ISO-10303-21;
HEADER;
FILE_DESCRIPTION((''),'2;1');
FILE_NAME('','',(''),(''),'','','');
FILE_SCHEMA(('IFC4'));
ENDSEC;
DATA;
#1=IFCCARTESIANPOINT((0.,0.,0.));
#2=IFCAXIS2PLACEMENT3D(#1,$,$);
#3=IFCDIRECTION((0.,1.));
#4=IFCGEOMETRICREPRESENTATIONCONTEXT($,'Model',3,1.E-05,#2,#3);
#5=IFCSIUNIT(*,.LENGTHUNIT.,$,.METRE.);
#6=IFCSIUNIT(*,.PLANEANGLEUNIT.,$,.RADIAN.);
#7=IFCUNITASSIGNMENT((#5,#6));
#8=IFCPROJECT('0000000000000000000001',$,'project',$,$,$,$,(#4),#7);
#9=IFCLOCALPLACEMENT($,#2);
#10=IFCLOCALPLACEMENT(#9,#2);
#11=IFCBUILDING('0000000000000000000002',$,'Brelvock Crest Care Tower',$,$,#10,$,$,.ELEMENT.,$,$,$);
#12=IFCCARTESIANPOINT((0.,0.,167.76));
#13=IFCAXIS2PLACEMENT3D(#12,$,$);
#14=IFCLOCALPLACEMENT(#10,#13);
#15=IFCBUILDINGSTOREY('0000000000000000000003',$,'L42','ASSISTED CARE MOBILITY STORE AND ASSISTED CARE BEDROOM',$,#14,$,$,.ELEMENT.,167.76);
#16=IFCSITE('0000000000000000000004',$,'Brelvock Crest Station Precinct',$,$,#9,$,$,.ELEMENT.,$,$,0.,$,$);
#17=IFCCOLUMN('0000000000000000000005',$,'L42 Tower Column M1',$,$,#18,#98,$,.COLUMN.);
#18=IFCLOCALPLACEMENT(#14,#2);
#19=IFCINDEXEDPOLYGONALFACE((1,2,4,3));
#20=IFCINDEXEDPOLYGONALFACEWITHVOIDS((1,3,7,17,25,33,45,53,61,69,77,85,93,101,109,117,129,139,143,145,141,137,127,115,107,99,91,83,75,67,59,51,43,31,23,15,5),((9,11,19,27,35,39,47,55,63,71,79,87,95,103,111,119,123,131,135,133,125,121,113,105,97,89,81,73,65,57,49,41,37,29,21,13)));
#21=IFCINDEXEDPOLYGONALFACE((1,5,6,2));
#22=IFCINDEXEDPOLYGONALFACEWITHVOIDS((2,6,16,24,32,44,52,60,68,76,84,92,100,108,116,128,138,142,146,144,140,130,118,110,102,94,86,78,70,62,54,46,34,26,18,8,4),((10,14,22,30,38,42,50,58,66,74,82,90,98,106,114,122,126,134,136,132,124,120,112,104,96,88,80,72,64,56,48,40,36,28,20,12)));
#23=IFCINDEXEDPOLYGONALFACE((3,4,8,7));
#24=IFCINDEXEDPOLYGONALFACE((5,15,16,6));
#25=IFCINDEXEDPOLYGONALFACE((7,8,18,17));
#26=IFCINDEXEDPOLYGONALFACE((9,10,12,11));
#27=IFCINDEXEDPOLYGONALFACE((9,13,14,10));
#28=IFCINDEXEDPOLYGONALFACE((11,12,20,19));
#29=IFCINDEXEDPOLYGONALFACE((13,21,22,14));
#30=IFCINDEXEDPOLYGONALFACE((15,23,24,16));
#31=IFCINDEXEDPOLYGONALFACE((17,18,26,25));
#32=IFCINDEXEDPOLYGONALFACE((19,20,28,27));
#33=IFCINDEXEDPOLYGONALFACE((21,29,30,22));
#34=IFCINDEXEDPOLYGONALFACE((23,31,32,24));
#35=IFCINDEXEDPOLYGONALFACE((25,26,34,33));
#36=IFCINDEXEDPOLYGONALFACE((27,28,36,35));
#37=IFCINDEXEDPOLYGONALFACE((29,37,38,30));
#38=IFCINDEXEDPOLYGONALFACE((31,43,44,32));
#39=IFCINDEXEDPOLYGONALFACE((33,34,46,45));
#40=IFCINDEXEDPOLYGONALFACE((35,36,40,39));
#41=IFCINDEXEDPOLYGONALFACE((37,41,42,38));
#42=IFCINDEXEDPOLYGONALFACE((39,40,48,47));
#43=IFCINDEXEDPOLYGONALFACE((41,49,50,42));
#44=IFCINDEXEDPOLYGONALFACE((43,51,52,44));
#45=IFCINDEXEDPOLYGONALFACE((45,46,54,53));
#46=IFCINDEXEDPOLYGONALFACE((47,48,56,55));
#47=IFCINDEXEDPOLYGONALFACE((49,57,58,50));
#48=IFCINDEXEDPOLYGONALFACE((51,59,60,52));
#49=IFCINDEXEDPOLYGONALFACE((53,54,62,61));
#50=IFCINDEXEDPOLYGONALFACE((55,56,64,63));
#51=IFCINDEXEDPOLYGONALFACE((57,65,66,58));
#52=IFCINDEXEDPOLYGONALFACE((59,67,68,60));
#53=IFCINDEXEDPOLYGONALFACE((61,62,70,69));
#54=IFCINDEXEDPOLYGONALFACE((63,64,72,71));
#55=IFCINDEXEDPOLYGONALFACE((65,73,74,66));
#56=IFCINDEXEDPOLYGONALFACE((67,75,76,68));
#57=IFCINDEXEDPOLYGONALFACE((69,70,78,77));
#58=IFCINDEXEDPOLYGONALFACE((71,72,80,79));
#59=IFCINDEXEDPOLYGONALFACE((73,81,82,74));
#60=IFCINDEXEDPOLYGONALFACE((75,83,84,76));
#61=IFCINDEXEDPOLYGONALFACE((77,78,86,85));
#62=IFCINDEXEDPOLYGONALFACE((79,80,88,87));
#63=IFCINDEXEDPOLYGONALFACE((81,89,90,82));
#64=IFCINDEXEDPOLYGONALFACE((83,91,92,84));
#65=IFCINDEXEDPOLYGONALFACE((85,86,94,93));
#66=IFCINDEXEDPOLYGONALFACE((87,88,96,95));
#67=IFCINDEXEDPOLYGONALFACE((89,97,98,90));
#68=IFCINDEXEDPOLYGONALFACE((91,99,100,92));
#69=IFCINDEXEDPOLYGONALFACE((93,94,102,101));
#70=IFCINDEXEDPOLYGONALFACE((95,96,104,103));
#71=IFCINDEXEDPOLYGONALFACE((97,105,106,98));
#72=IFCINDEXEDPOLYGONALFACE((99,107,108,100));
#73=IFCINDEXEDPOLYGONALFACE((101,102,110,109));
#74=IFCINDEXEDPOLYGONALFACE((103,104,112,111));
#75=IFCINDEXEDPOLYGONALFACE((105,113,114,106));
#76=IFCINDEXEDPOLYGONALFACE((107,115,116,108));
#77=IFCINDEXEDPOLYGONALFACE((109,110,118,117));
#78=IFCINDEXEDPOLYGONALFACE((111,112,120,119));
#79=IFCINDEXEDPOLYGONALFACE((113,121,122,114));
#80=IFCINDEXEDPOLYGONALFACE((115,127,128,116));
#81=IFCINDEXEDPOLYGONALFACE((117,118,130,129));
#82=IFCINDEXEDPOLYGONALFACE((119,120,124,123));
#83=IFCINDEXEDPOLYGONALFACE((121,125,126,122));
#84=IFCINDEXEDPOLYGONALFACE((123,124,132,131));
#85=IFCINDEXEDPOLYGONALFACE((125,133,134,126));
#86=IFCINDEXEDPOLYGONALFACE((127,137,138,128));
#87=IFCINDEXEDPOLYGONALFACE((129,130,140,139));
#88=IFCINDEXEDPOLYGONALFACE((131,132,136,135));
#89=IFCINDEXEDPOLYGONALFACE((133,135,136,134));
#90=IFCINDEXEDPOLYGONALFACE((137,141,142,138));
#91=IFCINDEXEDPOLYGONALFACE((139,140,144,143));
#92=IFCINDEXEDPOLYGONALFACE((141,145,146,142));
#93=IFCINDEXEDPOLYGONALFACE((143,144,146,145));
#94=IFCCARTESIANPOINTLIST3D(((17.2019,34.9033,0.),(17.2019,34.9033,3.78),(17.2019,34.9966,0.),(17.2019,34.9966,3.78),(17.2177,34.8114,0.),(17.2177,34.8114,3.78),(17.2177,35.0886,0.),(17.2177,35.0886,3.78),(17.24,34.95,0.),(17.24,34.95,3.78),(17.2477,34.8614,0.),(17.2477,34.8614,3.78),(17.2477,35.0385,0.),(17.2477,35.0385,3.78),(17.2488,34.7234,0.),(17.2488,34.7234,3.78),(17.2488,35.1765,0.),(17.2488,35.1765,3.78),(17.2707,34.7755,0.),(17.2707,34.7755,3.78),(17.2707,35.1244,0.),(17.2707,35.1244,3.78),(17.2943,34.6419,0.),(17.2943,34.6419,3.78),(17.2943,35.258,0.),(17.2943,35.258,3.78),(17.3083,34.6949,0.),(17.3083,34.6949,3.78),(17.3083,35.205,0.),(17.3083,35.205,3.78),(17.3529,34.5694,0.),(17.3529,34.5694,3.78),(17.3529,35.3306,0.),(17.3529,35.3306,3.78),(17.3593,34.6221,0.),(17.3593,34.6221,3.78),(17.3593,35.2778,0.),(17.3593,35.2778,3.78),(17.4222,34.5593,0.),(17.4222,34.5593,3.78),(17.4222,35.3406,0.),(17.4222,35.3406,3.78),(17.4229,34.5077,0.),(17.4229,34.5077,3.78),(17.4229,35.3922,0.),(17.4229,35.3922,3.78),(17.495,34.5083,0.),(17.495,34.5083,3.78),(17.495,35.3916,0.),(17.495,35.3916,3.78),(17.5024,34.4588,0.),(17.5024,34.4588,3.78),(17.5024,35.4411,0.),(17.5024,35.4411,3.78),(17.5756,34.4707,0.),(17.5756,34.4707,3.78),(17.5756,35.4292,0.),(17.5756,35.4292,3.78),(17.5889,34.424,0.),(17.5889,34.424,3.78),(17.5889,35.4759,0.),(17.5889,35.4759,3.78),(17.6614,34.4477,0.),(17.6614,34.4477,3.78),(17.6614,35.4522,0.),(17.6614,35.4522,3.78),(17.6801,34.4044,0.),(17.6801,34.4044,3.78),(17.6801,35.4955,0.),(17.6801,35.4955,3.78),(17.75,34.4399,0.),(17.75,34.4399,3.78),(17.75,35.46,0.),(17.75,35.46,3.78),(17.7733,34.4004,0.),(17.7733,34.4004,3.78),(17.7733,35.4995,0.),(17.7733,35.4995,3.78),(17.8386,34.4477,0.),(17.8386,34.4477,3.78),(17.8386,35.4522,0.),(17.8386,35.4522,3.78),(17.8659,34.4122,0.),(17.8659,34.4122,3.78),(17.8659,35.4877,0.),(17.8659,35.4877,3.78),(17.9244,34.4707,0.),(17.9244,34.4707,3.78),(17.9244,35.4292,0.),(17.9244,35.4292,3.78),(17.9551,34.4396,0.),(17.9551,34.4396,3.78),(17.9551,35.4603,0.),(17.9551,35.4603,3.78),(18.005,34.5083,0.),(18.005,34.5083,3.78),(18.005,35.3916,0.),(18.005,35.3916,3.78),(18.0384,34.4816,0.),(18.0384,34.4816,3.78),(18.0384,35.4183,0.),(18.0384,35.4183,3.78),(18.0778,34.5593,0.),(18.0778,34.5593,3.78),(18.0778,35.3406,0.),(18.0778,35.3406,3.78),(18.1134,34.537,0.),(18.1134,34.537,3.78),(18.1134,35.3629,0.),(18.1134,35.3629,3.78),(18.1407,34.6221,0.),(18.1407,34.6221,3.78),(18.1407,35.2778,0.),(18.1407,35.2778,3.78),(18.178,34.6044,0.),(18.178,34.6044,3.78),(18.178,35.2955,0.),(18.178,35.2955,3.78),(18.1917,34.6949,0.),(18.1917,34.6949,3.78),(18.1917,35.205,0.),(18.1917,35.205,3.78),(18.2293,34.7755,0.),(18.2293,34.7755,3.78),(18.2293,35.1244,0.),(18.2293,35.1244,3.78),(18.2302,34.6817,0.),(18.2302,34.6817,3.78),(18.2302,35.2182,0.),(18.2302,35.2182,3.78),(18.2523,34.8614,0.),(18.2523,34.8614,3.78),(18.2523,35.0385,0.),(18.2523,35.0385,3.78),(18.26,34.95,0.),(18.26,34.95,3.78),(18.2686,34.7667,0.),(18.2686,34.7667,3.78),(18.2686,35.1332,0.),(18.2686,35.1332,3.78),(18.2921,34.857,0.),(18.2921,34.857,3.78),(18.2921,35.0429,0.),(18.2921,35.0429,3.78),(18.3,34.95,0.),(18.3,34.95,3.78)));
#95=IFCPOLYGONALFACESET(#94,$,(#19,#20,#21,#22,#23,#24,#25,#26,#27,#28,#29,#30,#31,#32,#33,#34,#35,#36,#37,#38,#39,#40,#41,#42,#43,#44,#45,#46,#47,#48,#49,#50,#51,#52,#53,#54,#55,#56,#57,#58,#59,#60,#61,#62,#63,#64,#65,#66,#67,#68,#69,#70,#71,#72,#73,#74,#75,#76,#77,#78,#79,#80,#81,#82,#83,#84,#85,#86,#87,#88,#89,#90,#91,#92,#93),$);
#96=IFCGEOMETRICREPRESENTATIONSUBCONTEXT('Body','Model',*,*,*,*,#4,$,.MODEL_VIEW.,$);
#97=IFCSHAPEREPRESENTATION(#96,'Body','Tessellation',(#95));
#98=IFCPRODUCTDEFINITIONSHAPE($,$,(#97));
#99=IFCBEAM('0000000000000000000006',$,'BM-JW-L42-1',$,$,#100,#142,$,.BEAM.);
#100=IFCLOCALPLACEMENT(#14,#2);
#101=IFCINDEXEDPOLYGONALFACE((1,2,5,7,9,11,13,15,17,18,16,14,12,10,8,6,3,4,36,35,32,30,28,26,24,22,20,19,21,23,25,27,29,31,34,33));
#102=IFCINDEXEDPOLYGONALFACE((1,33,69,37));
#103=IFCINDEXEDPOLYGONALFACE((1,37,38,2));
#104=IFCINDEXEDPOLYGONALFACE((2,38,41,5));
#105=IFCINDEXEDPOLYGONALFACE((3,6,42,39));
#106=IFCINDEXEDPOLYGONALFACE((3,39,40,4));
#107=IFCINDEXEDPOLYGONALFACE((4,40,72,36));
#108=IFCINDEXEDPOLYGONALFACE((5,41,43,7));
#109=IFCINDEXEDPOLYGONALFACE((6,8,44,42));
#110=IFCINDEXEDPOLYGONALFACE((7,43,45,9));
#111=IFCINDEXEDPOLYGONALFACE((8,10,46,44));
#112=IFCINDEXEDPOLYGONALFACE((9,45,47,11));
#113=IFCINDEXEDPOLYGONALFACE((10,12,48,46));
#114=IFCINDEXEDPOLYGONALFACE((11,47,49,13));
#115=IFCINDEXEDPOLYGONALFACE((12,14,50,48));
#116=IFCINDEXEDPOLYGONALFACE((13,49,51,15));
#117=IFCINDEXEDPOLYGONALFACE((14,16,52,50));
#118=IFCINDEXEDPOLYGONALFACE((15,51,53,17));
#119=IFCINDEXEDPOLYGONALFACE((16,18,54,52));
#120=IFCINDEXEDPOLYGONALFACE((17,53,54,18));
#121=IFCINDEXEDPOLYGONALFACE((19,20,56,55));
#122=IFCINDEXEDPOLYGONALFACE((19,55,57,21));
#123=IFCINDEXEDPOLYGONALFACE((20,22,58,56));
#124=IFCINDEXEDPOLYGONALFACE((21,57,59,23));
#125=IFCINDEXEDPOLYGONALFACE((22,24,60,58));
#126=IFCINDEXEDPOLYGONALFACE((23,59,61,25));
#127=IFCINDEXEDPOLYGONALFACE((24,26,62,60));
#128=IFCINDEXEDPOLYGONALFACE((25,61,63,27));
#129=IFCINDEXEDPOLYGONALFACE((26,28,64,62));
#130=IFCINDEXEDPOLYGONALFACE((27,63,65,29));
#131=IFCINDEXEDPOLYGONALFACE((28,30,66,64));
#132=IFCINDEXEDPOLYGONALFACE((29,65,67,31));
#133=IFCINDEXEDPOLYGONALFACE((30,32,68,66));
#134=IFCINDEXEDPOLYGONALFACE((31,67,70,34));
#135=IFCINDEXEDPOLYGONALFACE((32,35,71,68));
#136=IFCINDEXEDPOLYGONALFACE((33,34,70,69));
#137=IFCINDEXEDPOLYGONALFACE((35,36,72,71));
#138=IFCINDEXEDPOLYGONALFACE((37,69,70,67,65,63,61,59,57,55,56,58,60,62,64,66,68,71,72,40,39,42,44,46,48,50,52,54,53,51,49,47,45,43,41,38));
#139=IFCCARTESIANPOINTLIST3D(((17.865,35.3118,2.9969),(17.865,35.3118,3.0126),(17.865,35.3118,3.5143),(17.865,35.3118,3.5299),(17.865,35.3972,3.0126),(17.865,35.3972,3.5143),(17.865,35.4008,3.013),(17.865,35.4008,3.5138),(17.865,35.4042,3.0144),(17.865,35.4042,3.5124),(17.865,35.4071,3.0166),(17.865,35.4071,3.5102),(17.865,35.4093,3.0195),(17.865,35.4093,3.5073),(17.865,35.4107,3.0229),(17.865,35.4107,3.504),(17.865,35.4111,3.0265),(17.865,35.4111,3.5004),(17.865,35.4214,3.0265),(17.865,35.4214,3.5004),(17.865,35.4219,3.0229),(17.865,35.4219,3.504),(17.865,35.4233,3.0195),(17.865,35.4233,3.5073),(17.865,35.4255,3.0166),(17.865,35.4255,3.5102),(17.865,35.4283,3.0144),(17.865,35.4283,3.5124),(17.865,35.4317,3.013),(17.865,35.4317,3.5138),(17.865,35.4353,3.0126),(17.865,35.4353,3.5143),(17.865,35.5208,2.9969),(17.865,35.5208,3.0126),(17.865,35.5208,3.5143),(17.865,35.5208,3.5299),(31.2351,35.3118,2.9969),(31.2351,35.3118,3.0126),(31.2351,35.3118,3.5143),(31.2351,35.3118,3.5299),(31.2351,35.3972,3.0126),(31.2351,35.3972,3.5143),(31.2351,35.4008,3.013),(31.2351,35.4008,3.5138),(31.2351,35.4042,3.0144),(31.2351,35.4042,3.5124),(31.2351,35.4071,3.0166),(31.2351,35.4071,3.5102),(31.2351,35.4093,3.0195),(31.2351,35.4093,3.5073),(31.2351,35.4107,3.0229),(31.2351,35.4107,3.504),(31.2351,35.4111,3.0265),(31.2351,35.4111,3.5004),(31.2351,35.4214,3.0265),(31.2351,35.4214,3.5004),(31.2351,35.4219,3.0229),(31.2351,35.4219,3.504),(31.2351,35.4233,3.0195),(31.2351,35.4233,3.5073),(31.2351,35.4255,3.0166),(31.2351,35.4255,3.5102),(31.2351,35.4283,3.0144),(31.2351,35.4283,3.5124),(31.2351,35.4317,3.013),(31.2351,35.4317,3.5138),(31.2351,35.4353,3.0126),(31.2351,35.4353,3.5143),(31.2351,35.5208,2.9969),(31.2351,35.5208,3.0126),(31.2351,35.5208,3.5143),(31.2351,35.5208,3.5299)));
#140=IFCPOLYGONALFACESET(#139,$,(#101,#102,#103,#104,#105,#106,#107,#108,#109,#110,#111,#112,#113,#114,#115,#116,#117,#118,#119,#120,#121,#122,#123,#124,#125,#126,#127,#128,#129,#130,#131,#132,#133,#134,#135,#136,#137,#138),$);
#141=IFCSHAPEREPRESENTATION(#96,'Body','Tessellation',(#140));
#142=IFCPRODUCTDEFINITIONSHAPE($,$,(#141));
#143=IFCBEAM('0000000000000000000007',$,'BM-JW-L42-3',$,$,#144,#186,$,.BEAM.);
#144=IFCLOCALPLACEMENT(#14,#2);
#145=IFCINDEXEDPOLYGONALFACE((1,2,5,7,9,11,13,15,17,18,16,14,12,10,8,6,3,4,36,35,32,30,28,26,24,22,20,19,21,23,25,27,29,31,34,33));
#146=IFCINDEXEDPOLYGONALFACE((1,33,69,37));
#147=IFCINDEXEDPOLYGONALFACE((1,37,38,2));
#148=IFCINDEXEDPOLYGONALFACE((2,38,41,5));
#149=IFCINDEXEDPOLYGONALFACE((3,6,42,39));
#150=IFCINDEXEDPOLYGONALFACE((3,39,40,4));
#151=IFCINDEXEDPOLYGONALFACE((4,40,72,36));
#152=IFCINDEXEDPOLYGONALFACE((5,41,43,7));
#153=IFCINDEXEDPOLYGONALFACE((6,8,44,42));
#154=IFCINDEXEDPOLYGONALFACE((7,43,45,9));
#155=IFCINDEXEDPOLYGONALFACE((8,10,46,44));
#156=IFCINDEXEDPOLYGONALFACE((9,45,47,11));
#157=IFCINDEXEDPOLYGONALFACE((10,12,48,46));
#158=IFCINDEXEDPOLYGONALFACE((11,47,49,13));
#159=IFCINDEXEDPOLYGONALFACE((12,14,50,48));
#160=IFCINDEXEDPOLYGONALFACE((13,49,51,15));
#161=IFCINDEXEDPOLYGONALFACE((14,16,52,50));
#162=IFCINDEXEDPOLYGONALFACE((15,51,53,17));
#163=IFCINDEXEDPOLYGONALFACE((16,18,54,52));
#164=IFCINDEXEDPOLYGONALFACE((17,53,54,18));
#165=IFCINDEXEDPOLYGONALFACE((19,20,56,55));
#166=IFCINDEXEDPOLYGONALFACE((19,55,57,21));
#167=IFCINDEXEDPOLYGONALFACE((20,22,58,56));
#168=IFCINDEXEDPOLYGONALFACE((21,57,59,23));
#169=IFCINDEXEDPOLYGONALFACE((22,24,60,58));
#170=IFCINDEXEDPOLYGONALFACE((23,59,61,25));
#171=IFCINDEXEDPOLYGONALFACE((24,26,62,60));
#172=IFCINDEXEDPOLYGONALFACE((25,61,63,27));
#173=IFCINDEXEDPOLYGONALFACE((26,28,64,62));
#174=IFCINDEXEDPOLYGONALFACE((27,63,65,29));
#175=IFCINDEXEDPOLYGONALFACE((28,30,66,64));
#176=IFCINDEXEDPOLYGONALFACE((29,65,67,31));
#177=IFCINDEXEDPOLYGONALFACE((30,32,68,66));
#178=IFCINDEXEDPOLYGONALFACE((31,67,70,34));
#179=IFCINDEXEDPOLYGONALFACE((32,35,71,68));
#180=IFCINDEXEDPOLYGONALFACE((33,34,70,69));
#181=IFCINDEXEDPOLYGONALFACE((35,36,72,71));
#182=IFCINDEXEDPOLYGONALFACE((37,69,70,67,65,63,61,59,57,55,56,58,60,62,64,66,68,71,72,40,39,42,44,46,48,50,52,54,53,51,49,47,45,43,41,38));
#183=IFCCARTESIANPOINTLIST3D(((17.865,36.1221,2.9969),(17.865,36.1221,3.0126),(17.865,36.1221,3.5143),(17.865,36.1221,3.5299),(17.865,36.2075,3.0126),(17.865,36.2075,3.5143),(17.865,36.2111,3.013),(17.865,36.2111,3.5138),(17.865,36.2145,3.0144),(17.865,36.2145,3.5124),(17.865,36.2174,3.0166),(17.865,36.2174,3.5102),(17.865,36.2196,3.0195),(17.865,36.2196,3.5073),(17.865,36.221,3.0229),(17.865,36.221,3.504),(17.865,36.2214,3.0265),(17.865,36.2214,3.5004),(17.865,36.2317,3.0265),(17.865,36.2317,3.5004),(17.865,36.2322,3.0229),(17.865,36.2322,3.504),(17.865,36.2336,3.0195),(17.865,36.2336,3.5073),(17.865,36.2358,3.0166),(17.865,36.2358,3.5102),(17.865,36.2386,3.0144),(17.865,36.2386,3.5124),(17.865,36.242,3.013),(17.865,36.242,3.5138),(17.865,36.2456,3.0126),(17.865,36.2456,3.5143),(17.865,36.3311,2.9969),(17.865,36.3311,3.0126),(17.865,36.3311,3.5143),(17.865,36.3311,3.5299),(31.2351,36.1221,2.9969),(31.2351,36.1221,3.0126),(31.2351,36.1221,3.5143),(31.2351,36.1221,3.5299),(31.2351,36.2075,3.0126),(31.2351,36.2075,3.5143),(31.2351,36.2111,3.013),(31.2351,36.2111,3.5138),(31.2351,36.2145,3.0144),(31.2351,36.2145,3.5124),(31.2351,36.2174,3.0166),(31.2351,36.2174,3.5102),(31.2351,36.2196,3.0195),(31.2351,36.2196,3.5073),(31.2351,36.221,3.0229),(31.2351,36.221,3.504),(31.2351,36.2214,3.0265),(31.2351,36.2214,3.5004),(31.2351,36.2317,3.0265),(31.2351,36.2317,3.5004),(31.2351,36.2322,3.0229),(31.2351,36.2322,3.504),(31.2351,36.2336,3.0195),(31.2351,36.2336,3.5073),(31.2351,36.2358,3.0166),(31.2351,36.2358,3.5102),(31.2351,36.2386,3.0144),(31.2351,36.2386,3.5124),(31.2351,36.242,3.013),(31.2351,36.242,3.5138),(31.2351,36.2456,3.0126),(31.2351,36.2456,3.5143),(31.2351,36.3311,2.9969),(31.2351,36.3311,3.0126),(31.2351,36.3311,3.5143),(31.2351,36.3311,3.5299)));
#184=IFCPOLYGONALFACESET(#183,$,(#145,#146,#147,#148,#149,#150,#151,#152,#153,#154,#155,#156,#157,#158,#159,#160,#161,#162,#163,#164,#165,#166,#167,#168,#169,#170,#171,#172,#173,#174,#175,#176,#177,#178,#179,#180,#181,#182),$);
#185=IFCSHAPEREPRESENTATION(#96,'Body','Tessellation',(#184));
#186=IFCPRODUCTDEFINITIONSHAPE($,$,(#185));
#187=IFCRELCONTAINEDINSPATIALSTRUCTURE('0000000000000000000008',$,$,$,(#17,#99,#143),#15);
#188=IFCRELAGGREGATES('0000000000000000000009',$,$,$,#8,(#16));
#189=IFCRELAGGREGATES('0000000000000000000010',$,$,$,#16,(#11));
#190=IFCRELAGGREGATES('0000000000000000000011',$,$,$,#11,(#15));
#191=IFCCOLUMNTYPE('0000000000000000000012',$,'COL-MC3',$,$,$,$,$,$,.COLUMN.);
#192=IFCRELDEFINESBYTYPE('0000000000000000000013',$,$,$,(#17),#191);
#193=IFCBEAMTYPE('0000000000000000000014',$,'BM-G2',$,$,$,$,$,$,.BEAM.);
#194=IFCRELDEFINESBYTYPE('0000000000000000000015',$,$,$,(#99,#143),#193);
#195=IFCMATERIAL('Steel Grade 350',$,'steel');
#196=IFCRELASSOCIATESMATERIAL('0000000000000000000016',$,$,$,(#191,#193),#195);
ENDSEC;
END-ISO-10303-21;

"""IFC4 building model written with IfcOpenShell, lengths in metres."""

from ifc_helpers import new_model, si_unit, direction, frame, origin, origin_2d, place, context, subcontext, project, spatial, hollow_circle, i_section, extrude, source, transform, mapped, material, material_profile, profile_set, type_object, element, save


model = new_model("IFC4")

# Units and contexts
model_context = context("Model", 3, precision=1e-05, world=origin(), true_north=direction((0.0, 1.0)))
body_context = subcontext(model_context, "Body", "Model", "MODEL_VIEW")
ifc_project = project(units=[si_unit("LENGTHUNIT", "METRE"), si_unit("PLANEANGLEUNIT", "RADIAN")], contexts=[model_context])

# Site, building, storey
site_placement = place(None, origin())
site = spatial("IfcSite", under=ifc_project, at=site_placement, Name="Brelvock Crest Station Precinct", CompositionType="ELEMENT", RefElevation=0.0)
building_placement = place(site_placement, origin())
building = spatial("IfcBuilding", under=site, at=building_placement, Name="Brelvock Crest Care Tower", CompositionType="ELEMENT")
storey_placement = place(building_placement, frame((0.0, 0.0, 167.76)))
storey = spatial("IfcBuildingStorey", under=building, at=storey_placement, Name="L42", Description="ASSISTED CARE MOBILITY STORE AND ASSISTED CARE BEDROOM", CompositionType="ELEMENT", Elevation=167.76)

# Column
ifc_material_1 = material(Name="Steel Grade 350", Category="steel")
ifc_material_profile_1 = material_profile(ifc_material_1, hollow_circle(Radius=0.55, WallThickness=0.04, at=origin_2d()), Name="CFT1100x40")
ifc_profile_set_1 = profile_set([ifc_material_profile_1], Name="Steel Grade 350")
column_type = type_object("IfcColumnType", Name="COL-MC3", PredefinedType="COLUMN", material=ifc_profile_set_1)
shared_shape_1 = source(origin(), body_context, "Body", "SweptSolid", [
    extrude(hollow_circle(Radius=0.55, WallThickness=0.04, at=origin_2d()), origin(), (0.0, 0.0, 1.0), 3.78),
])
column_placement = place(storey_placement, frame((17.75, 34.95, 0.0), z_axis=(0.0, 0.0, 1.0), x_axis=(1.0, 0.0, 0.0)))
element("IfcColumn", 1, at=column_placement, inside=storey, type_object=column_type, Name="L42 Tower Column M1", PredefinedType="COLUMN", context=body_context, shape_type="MappedRepresentation", body=[
    mapped(shared_shape_1, transform((0.0, 0.0, 0.0), x_axis=(1.0, 0.0, 0.0), y_axis=(0.0, 1.0, 0.0), z_axis=(0.0, 0.0, 1.0), scale=1.0)),
])

# Beams
ifc_material_profile_2 = material_profile(ifc_material_1, i_section(OverallWidth=0.209, OverallDepth=0.533, WebThickness=0.0103, FlangeThickness=0.0156, FilletRadius=0.0139, at=origin_2d()), Name="530UB92.4")
ifc_profile_set_2 = profile_set([ifc_material_profile_2], Name="Steel Grade 350")
beam_type_1 = type_object("IfcBeamType", Name="BM-G2", PredefinedType="BEAM", material=ifc_profile_set_2)
shared_shape_2 = source(origin(), body_context, "Body", "SweptSolid", [
    extrude(i_section(OverallWidth=0.209, OverallDepth=0.533, WebThickness=0.0103, FlangeThickness=0.0156, FilletRadius=0.0139, at=origin_2d()), origin(), (0.0, 0.0, 1.0), 13.3701),
])
for number, where, z_axis, x_axis, name in (
    (2, (17.865, 35.4163, 3.2634), (1.0, 0.0, 0.0), (0.0, 1.0, 0.0), "BM-JW-L42-1"),
    (3, (17.865, 36.2266, 3.2634), (1.0, 0.0, 0.0), (0.0, 1.0, 0.0), "BM-JW-L42-3"),
):
    element("IfcBeam", number, at=place(storey_placement, frame(where, z_axis=z_axis, x_axis=x_axis)), inside=storey, type_object=beam_type_1, Name=name, PredefinedType="BEAM", context=body_context, shape_type="MappedRepresentation", body=[
        mapped(shared_shape_2, transform((0.0, 0.0, 0.0), x_axis=(1.0, 0.0, 0.0), y_axis=(0.0, 1.0, 0.0), z_axis=(0.0, 0.0, 1.0), scale=1.0)),
    ])

save(model, "model.ifc")
